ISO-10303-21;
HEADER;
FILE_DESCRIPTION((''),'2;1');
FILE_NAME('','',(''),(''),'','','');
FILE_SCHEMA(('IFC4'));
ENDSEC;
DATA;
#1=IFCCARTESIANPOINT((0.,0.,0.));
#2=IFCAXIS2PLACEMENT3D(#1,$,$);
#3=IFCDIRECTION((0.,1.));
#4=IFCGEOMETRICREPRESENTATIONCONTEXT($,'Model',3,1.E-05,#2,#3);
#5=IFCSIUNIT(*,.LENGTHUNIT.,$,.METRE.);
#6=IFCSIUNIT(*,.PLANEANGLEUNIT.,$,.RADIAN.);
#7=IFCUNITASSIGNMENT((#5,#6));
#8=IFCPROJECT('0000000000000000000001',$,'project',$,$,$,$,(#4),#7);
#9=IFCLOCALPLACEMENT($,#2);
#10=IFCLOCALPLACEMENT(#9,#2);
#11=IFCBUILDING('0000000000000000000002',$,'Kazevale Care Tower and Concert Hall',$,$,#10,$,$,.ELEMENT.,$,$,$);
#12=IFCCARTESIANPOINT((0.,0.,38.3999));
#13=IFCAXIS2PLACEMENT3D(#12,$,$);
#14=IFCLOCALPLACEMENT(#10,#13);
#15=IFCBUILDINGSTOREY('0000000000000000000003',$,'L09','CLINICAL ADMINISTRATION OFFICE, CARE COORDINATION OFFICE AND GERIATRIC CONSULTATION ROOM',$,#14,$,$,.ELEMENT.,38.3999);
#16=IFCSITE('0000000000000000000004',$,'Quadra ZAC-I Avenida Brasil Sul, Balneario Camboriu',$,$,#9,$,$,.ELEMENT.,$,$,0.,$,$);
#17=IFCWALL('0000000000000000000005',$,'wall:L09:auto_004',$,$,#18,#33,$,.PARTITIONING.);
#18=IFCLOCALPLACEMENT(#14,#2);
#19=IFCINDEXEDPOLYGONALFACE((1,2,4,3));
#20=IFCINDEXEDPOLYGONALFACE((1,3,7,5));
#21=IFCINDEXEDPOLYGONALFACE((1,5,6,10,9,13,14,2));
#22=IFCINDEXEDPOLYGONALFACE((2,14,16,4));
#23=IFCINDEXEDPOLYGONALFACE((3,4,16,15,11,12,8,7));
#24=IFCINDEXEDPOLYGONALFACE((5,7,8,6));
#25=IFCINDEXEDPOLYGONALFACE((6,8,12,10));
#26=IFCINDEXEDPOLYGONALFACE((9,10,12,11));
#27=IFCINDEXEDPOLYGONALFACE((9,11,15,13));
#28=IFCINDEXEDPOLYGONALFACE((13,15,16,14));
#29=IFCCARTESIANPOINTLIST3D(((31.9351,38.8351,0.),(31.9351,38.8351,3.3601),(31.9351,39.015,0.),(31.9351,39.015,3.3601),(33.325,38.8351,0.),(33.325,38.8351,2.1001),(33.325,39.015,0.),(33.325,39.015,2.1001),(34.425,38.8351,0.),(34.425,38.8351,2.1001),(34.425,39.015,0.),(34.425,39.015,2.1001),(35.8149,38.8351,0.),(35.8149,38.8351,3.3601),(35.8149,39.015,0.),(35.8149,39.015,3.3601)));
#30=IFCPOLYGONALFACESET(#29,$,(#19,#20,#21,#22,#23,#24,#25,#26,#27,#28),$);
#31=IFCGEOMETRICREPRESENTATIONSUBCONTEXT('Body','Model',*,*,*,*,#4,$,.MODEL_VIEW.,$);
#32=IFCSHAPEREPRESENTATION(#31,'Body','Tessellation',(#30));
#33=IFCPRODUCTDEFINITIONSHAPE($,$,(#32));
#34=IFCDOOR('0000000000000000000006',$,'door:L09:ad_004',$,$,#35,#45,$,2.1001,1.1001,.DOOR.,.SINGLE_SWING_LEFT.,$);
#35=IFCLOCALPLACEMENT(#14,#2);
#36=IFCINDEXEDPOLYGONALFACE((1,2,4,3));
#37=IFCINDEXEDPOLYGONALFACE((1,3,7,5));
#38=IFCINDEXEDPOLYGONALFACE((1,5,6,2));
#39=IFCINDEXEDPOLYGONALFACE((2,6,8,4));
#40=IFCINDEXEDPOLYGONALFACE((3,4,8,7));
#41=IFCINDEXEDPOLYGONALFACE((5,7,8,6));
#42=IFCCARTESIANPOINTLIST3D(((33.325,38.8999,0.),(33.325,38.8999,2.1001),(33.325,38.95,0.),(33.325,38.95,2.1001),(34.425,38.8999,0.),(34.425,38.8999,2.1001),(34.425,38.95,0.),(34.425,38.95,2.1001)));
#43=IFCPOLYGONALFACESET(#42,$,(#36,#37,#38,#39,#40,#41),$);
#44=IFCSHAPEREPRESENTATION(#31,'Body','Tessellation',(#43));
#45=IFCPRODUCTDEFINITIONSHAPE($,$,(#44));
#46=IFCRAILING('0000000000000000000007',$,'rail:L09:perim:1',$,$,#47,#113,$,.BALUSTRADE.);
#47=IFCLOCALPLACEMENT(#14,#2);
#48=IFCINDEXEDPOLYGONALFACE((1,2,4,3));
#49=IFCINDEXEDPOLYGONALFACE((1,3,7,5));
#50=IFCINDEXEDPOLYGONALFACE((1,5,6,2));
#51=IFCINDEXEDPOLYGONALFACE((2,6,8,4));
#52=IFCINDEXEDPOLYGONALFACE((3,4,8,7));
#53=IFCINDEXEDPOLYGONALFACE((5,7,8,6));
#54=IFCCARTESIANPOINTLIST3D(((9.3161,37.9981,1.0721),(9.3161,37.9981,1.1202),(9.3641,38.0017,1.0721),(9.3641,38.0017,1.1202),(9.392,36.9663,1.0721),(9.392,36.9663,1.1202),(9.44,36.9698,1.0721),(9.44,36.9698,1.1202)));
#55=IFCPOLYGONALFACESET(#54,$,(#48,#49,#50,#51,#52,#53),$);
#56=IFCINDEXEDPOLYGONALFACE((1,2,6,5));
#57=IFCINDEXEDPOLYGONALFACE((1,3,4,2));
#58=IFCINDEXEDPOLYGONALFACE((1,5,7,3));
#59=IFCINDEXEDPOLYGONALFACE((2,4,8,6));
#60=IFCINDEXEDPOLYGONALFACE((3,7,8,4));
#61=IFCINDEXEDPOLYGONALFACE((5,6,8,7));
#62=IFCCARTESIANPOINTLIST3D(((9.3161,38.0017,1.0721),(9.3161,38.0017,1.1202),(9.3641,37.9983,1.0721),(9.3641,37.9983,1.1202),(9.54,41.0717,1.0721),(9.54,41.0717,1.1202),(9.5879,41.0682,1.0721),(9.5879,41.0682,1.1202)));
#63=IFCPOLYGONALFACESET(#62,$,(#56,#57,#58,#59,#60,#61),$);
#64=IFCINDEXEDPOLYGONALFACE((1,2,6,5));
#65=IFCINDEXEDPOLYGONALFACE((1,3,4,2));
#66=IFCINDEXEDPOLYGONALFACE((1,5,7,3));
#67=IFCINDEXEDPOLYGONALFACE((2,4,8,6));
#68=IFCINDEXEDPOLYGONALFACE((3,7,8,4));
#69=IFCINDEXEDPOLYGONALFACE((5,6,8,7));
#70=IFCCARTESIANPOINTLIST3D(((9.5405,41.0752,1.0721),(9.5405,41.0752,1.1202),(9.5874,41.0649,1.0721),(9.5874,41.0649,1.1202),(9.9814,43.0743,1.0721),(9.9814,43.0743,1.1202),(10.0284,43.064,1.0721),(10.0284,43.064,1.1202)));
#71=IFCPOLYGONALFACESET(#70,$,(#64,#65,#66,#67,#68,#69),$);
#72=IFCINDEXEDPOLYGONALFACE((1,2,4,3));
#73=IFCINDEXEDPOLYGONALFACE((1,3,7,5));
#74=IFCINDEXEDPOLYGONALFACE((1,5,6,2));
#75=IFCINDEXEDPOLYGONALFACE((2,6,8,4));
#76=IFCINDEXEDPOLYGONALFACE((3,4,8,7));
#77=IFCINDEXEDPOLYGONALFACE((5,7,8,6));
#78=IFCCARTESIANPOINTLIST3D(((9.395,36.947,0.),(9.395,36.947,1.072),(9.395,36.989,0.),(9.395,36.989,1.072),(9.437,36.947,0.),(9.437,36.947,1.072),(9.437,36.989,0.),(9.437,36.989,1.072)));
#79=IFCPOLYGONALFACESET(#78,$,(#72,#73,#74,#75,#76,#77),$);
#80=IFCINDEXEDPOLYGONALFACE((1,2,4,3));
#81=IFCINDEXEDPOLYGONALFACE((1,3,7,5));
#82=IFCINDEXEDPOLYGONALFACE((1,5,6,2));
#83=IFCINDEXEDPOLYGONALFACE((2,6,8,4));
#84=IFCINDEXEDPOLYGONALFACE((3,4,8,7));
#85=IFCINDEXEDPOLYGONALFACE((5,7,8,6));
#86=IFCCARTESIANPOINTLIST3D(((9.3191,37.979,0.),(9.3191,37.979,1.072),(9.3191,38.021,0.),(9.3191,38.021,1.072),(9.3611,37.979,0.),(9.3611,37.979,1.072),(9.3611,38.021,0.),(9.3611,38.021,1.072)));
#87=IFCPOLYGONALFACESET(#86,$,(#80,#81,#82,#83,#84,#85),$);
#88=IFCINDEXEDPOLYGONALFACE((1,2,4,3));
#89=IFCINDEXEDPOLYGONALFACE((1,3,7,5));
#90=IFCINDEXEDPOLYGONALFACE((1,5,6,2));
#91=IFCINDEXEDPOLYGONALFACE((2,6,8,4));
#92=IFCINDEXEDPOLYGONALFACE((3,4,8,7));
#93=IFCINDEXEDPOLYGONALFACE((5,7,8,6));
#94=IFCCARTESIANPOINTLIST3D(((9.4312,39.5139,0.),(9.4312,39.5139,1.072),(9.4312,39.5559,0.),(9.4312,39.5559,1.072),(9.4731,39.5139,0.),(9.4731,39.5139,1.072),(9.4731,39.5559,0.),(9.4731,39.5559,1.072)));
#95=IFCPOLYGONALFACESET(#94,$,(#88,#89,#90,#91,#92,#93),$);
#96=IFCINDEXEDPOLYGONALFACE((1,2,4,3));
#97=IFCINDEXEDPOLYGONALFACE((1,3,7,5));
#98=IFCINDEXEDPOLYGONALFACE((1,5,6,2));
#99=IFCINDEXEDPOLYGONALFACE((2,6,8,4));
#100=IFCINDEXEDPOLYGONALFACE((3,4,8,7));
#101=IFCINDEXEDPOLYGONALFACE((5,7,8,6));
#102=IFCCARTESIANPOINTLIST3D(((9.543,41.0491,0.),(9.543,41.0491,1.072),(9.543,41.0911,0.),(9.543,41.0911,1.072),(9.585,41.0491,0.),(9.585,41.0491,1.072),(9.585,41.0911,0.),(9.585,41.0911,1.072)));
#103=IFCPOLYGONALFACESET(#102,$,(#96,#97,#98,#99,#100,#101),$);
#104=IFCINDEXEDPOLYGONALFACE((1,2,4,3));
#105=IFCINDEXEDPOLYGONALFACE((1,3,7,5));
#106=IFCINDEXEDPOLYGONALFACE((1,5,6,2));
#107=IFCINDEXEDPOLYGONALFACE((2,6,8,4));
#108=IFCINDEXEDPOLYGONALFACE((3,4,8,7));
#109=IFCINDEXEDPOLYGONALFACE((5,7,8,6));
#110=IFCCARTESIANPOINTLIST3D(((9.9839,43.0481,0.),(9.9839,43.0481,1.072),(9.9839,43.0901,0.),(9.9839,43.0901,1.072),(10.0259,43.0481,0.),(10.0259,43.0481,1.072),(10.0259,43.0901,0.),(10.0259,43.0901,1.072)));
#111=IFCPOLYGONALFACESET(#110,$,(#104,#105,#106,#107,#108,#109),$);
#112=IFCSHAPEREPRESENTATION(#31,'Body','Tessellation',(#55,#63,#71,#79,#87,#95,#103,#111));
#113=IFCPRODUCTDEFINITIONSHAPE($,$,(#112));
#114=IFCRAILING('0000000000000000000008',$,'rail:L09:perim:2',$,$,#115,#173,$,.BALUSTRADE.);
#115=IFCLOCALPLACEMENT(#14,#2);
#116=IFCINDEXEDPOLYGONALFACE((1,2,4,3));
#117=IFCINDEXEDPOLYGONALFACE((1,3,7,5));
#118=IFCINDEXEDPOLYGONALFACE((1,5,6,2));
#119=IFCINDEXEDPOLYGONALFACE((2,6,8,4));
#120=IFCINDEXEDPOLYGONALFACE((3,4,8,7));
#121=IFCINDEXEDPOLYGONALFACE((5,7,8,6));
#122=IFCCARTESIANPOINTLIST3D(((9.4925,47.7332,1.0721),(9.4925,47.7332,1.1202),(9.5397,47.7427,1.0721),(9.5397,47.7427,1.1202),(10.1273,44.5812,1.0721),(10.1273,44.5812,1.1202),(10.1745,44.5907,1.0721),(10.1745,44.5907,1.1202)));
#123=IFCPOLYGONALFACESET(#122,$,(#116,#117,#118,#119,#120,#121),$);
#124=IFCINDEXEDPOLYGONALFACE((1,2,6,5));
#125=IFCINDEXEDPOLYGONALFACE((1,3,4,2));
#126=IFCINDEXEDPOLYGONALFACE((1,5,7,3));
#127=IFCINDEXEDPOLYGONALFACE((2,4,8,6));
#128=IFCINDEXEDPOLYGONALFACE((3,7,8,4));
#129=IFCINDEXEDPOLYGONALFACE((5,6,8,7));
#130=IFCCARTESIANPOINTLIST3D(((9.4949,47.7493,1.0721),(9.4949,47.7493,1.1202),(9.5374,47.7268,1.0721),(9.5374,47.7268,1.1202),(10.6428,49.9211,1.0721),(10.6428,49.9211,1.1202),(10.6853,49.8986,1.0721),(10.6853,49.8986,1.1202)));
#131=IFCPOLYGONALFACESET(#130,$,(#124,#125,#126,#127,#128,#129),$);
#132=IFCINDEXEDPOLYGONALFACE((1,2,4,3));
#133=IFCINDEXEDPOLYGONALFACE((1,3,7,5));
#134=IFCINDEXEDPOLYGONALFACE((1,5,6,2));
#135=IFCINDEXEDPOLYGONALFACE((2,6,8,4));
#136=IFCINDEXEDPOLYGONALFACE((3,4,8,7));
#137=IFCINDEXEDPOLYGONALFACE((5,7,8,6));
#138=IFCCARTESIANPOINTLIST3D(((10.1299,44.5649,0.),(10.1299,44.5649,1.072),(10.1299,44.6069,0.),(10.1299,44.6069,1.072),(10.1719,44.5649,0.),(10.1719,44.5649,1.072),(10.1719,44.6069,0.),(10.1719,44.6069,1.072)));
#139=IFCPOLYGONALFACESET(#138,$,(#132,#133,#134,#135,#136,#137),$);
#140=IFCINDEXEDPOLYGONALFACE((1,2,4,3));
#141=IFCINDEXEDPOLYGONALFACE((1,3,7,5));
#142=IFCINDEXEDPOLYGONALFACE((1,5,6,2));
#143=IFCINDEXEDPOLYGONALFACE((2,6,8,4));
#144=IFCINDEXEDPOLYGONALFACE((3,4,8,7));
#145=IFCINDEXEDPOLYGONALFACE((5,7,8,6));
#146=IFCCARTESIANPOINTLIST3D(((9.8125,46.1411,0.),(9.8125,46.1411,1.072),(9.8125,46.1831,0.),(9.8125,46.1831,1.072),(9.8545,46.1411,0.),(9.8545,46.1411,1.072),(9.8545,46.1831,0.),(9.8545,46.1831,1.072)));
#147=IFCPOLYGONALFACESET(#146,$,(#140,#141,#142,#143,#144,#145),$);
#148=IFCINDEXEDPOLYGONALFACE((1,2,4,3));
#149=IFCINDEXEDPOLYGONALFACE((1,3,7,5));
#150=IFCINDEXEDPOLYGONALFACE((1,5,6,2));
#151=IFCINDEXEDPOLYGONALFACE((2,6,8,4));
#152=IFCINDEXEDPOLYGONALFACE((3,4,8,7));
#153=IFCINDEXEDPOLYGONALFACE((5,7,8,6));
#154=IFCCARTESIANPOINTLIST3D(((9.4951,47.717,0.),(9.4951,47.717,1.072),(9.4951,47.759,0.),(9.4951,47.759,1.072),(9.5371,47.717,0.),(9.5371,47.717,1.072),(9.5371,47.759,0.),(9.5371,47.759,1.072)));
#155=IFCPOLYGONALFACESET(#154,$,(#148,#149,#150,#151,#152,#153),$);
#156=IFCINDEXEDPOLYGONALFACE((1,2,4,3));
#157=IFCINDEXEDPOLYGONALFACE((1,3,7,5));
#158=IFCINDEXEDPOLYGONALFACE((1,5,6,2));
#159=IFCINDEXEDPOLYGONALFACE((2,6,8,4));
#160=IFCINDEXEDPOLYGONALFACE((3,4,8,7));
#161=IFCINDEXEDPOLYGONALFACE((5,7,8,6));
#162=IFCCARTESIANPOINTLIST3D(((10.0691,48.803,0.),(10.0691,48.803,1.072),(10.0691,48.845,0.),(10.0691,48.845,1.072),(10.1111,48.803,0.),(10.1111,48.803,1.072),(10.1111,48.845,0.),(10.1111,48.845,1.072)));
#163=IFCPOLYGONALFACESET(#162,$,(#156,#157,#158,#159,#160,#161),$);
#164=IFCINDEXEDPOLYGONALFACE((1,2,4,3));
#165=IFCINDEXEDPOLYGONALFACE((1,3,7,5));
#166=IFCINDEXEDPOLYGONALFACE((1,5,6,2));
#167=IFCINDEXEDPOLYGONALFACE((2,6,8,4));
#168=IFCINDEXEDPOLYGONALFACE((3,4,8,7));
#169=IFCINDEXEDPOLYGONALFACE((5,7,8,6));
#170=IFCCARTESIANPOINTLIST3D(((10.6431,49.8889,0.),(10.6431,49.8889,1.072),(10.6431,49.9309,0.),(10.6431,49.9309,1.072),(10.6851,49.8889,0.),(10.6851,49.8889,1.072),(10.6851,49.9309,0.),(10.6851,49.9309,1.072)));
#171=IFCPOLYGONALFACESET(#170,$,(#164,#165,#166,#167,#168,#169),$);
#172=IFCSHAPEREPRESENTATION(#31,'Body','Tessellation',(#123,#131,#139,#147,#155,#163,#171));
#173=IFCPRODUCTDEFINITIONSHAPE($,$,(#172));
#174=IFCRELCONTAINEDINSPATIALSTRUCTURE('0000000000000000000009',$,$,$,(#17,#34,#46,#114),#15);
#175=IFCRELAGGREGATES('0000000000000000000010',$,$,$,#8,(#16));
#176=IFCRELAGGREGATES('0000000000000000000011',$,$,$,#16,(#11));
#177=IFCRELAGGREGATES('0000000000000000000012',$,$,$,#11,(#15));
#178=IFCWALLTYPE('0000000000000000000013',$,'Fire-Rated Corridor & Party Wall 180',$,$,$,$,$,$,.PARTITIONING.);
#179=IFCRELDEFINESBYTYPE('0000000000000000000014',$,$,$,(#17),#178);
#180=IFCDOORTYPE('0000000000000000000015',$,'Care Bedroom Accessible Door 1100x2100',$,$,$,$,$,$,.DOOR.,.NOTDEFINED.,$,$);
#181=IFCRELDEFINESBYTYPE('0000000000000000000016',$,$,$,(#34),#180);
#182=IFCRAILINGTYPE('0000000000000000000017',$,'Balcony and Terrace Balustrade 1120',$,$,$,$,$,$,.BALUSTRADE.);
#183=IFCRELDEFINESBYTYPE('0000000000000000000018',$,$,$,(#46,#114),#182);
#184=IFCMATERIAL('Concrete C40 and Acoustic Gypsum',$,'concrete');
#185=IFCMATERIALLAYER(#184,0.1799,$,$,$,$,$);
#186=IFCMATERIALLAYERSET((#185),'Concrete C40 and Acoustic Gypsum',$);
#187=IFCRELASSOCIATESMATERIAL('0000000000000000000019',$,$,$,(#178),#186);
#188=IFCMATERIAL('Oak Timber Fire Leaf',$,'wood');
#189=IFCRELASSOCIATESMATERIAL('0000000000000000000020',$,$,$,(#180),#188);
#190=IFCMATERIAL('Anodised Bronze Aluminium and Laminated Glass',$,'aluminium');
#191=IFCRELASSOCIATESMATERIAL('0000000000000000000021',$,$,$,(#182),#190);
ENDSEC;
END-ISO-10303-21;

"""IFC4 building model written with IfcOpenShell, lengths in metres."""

from ifc_helpers import new_model, si_unit, direction, frame, frame_2d, origin, origin_2d, place, context, subcontext, project, spatial, rectangle, extrude, material, layer, layer_set, type_object, element, fill, save


model = new_model("IFC4")

# Units and contexts
model_context = context("Model", 3, precision=1e-05, world=origin(), true_north=direction((0.0, 1.0)))
body_context = subcontext(model_context, "Body", "Model", "MODEL_VIEW")
ifc_project = project(units=[si_unit("LENGTHUNIT", "METRE"), si_unit("PLANEANGLEUNIT", "RADIAN")], contexts=[model_context])

# Site, building, storey
site_placement = place(None, origin())
site = spatial("IfcSite", under=ifc_project, at=site_placement, Name="Quadra ZAC-I Avenida Brasil Sul, Balneario Camboriu", CompositionType="ELEMENT", RefElevation=0.0)
building_placement = place(site_placement, origin())
building = spatial("IfcBuilding", under=site, at=building_placement, Name="Kazevale Care Tower and Concert Hall", CompositionType="ELEMENT")
storey_placement = place(building_placement, frame((0.0, 0.0, 38.3999)))
storey = spatial("IfcBuildingStorey", under=building, at=storey_placement, Name="L09", Description="CLINICAL ADMINISTRATION OFFICE, CARE COORDINATION OFFICE AND GERIATRIC CONSULTATION ROOM", CompositionType="ELEMENT", Elevation=38.3999)

# Wall, opening, door
ifc_material_1 = material(Name="Concrete C40 and Acoustic Gypsum", Category="concrete")
ifc_layer_1 = layer(ifc_material_1, 0.1799)
ifc_layer_set_1 = layer_set([ifc_layer_1], Name="Concrete C40 and Acoustic Gypsum")
wall_type = type_object("IfcWallType", Name="Fire-Rated Corridor & Party Wall 180", PredefinedType="PARTITIONING", material=ifc_layer_set_1)
ifc_material_2 = material(Name="Oak Timber Fire Leaf", Category="wood")
door_type = type_object("IfcDoorType", Name="Care Bedroom Accessible Door 1100x2100", OperationType="NOTDEFINED", PredefinedType="DOOR", material=ifc_material_2)
wall_1_placement = place(storey_placement, frame((31.9351, 38.925, 0.0), z_axis=(0.0, 0.0, 1.0), x_axis=(1.0, 0.0, 0.0)))
wall_1 = element("IfcWall", 1, at=wall_1_placement, inside=storey, type_object=wall_type, Name="wall:L09:auto_004", PredefinedType="PARTITIONING", context=body_context, shape_type="SweptSolid", body=[
    extrude(rectangle(XDim=3.8799, YDim=0.1799, at=frame_2d((1.9399, 0.0))), origin(), (0.0, 0.0, 1.0), 3.3601),
])
opening_1_placement = place(wall_1_placement, frame((1.3899, 0.0, 0.0)))
opening_1 = element("IfcOpeningElement", 2, at=opening_1_placement, cuts=wall_1, PredefinedType="OPENING", context=body_context, shape_type="SweptSolid", body=[
    extrude(rectangle(XDim=1.1001, YDim=2.1001, at=frame_2d((0.55, 1.05))), frame((0.0, 0.0999, 0.0), z_axis=(0.0, -1.0, 0.0), x_axis=(1.0, 0.0, 0.0)), (0.0, 0.0, 1.0), 0.2),
])
door_1_placement = place(opening_1_placement, origin())
door_1 = element("IfcDoor", 3, at=door_1_placement, inside=storey, type_object=door_type, Name="door:L09:ad_004", OperationType="SINGLE_SWING_LEFT", OverallHeight=2.1001, OverallWidth=1.1001, PredefinedType="DOOR", context=body_context, shape_type="SweptSolid", body=[
    extrude(rectangle(XDim=1.1001, YDim=2.1001, at=frame_2d((0.55, 1.05))), frame((0.0, 0.0249, 0.0), z_axis=(0.0, -1.0, 0.0), x_axis=(1.0, 0.0, 0.0)), (0.0, 0.0, 1.0), 0.05),
])
fill(opening_1, door_1)

# Railings
ifc_material_3 = material(Name="Anodised Bronze Aluminium and Laminated Glass", Category="aluminium")
railing_type = type_object("IfcRailingType", Name="Balcony and Terrace Balustrade 1120", PredefinedType="BALUSTRADE", material=ifc_material_3)
railing_1_placement = place(storey_placement, frame((9.416, 36.968, 0.0)))
element("IfcRailing", 4, at=railing_1_placement, inside=storey, type_object=railing_type, Name="rail:L09:perim:1", PredefinedType="BALUSTRADE", context=body_context, shape_type="SweptSolid", body=[
    extrude(rectangle(XDim=0.0481, YDim=0.0481, at=origin_2d()), frame((0.0, 0.0, 1.0962), z_axis=(-0.073376, 0.997304, 0.0), x_axis=(-0.997304, -0.073376, 0.0)), (0.0, 0.0, 1.0), 1.0347),
    extrude(rectangle(XDim=0.0481, YDim=0.0481, at=origin_2d()), frame((-0.0759, 1.032, 1.0962), z_axis=(0.072729, 0.997352, 0.0), x_axis=(-0.997352, 0.072729, 0.0)), (0.0, 0.0, 1.0), 3.0781),
    extrude(rectangle(XDim=0.0481, YDim=0.0481, at=origin_2d()), frame((0.1479, 4.1021, 1.0962), z_axis=(0.21539, 0.976528, 0.0), x_axis=(-0.976528, 0.21539, 0.0)), (0.0, 0.0, 1.0), 2.0471),
    extrude(rectangle(XDim=0.042, YDim=0.042, at=origin_2d()), origin(), (0.0, 0.0, 1.0), 1.072),
    extrude(rectangle(XDim=0.042, YDim=0.042, at=origin_2d()), frame((-0.0759, 1.032, 0.0)), (0.0, 0.0, 1.0), 1.072),
    extrude(rectangle(XDim=0.042, YDim=0.042, at=origin_2d()), frame((0.0361, 2.5669, 0.0)), (0.0, 0.0, 1.0), 1.072),
    extrude(rectangle(XDim=0.042, YDim=0.042, at=origin_2d()), frame((0.1479, 4.1021, 0.0)), (0.0, 0.0, 1.0), 1.072),
    extrude(rectangle(XDim=0.042, YDim=0.042, at=origin_2d()), frame((0.5889, 6.1011, 0.0)), (0.0, 0.0, 1.0), 1.072),
])
railing_2_placement = place(storey_placement, frame((10.1509, 44.5859, 0.0)))
element("IfcRailing", 5, at=railing_2_placement, inside=storey, type_object=railing_type, Name="rail:L09:perim:2", PredefinedType="BALUSTRADE", context=body_context, shape_type="SweptSolid", body=[
    extrude(rectangle(XDim=0.0481, YDim=0.0481, at=origin_2d()), frame((0.0, 0.0, 1.0962), z_axis=(-0.197416, 0.98032, 0.0), x_axis=(-0.98032, -0.197416, 0.0)), (0.0, 0.0, 1.0), 3.2153),
    extrude(rectangle(XDim=0.0481, YDim=0.0481, at=origin_2d()), frame((-0.6348, 3.1521, 1.0962), z_axis=(0.467294, 0.884102, 0.0), x_axis=(-0.884102, 0.467294, 0.0)), (0.0, 0.0, 1.0), 2.4565),
    extrude(rectangle(XDim=0.042, YDim=0.042, at=origin_2d()), origin(), (0.0, 0.0, 1.0), 1.072),
    extrude(rectangle(XDim=0.042, YDim=0.042, at=origin_2d()), frame((-0.3174, 1.5762, 0.0)), (0.0, 0.0, 1.0), 1.072),
    extrude(rectangle(XDim=0.042, YDim=0.042, at=origin_2d()), frame((-0.6348, 3.1521, 0.0)), (0.0, 0.0, 1.0), 1.072),
    extrude(rectangle(XDim=0.042, YDim=0.042, at=origin_2d()), frame((-0.0608, 4.238, 0.0)), (0.0, 0.0, 1.0), 1.072),
    extrude(rectangle(XDim=0.042, YDim=0.042, at=origin_2d()), frame((0.5132, 5.324, 0.0)), (0.0, 0.0, 1.0), 1.072),
])

save(model, "model.ifc")
